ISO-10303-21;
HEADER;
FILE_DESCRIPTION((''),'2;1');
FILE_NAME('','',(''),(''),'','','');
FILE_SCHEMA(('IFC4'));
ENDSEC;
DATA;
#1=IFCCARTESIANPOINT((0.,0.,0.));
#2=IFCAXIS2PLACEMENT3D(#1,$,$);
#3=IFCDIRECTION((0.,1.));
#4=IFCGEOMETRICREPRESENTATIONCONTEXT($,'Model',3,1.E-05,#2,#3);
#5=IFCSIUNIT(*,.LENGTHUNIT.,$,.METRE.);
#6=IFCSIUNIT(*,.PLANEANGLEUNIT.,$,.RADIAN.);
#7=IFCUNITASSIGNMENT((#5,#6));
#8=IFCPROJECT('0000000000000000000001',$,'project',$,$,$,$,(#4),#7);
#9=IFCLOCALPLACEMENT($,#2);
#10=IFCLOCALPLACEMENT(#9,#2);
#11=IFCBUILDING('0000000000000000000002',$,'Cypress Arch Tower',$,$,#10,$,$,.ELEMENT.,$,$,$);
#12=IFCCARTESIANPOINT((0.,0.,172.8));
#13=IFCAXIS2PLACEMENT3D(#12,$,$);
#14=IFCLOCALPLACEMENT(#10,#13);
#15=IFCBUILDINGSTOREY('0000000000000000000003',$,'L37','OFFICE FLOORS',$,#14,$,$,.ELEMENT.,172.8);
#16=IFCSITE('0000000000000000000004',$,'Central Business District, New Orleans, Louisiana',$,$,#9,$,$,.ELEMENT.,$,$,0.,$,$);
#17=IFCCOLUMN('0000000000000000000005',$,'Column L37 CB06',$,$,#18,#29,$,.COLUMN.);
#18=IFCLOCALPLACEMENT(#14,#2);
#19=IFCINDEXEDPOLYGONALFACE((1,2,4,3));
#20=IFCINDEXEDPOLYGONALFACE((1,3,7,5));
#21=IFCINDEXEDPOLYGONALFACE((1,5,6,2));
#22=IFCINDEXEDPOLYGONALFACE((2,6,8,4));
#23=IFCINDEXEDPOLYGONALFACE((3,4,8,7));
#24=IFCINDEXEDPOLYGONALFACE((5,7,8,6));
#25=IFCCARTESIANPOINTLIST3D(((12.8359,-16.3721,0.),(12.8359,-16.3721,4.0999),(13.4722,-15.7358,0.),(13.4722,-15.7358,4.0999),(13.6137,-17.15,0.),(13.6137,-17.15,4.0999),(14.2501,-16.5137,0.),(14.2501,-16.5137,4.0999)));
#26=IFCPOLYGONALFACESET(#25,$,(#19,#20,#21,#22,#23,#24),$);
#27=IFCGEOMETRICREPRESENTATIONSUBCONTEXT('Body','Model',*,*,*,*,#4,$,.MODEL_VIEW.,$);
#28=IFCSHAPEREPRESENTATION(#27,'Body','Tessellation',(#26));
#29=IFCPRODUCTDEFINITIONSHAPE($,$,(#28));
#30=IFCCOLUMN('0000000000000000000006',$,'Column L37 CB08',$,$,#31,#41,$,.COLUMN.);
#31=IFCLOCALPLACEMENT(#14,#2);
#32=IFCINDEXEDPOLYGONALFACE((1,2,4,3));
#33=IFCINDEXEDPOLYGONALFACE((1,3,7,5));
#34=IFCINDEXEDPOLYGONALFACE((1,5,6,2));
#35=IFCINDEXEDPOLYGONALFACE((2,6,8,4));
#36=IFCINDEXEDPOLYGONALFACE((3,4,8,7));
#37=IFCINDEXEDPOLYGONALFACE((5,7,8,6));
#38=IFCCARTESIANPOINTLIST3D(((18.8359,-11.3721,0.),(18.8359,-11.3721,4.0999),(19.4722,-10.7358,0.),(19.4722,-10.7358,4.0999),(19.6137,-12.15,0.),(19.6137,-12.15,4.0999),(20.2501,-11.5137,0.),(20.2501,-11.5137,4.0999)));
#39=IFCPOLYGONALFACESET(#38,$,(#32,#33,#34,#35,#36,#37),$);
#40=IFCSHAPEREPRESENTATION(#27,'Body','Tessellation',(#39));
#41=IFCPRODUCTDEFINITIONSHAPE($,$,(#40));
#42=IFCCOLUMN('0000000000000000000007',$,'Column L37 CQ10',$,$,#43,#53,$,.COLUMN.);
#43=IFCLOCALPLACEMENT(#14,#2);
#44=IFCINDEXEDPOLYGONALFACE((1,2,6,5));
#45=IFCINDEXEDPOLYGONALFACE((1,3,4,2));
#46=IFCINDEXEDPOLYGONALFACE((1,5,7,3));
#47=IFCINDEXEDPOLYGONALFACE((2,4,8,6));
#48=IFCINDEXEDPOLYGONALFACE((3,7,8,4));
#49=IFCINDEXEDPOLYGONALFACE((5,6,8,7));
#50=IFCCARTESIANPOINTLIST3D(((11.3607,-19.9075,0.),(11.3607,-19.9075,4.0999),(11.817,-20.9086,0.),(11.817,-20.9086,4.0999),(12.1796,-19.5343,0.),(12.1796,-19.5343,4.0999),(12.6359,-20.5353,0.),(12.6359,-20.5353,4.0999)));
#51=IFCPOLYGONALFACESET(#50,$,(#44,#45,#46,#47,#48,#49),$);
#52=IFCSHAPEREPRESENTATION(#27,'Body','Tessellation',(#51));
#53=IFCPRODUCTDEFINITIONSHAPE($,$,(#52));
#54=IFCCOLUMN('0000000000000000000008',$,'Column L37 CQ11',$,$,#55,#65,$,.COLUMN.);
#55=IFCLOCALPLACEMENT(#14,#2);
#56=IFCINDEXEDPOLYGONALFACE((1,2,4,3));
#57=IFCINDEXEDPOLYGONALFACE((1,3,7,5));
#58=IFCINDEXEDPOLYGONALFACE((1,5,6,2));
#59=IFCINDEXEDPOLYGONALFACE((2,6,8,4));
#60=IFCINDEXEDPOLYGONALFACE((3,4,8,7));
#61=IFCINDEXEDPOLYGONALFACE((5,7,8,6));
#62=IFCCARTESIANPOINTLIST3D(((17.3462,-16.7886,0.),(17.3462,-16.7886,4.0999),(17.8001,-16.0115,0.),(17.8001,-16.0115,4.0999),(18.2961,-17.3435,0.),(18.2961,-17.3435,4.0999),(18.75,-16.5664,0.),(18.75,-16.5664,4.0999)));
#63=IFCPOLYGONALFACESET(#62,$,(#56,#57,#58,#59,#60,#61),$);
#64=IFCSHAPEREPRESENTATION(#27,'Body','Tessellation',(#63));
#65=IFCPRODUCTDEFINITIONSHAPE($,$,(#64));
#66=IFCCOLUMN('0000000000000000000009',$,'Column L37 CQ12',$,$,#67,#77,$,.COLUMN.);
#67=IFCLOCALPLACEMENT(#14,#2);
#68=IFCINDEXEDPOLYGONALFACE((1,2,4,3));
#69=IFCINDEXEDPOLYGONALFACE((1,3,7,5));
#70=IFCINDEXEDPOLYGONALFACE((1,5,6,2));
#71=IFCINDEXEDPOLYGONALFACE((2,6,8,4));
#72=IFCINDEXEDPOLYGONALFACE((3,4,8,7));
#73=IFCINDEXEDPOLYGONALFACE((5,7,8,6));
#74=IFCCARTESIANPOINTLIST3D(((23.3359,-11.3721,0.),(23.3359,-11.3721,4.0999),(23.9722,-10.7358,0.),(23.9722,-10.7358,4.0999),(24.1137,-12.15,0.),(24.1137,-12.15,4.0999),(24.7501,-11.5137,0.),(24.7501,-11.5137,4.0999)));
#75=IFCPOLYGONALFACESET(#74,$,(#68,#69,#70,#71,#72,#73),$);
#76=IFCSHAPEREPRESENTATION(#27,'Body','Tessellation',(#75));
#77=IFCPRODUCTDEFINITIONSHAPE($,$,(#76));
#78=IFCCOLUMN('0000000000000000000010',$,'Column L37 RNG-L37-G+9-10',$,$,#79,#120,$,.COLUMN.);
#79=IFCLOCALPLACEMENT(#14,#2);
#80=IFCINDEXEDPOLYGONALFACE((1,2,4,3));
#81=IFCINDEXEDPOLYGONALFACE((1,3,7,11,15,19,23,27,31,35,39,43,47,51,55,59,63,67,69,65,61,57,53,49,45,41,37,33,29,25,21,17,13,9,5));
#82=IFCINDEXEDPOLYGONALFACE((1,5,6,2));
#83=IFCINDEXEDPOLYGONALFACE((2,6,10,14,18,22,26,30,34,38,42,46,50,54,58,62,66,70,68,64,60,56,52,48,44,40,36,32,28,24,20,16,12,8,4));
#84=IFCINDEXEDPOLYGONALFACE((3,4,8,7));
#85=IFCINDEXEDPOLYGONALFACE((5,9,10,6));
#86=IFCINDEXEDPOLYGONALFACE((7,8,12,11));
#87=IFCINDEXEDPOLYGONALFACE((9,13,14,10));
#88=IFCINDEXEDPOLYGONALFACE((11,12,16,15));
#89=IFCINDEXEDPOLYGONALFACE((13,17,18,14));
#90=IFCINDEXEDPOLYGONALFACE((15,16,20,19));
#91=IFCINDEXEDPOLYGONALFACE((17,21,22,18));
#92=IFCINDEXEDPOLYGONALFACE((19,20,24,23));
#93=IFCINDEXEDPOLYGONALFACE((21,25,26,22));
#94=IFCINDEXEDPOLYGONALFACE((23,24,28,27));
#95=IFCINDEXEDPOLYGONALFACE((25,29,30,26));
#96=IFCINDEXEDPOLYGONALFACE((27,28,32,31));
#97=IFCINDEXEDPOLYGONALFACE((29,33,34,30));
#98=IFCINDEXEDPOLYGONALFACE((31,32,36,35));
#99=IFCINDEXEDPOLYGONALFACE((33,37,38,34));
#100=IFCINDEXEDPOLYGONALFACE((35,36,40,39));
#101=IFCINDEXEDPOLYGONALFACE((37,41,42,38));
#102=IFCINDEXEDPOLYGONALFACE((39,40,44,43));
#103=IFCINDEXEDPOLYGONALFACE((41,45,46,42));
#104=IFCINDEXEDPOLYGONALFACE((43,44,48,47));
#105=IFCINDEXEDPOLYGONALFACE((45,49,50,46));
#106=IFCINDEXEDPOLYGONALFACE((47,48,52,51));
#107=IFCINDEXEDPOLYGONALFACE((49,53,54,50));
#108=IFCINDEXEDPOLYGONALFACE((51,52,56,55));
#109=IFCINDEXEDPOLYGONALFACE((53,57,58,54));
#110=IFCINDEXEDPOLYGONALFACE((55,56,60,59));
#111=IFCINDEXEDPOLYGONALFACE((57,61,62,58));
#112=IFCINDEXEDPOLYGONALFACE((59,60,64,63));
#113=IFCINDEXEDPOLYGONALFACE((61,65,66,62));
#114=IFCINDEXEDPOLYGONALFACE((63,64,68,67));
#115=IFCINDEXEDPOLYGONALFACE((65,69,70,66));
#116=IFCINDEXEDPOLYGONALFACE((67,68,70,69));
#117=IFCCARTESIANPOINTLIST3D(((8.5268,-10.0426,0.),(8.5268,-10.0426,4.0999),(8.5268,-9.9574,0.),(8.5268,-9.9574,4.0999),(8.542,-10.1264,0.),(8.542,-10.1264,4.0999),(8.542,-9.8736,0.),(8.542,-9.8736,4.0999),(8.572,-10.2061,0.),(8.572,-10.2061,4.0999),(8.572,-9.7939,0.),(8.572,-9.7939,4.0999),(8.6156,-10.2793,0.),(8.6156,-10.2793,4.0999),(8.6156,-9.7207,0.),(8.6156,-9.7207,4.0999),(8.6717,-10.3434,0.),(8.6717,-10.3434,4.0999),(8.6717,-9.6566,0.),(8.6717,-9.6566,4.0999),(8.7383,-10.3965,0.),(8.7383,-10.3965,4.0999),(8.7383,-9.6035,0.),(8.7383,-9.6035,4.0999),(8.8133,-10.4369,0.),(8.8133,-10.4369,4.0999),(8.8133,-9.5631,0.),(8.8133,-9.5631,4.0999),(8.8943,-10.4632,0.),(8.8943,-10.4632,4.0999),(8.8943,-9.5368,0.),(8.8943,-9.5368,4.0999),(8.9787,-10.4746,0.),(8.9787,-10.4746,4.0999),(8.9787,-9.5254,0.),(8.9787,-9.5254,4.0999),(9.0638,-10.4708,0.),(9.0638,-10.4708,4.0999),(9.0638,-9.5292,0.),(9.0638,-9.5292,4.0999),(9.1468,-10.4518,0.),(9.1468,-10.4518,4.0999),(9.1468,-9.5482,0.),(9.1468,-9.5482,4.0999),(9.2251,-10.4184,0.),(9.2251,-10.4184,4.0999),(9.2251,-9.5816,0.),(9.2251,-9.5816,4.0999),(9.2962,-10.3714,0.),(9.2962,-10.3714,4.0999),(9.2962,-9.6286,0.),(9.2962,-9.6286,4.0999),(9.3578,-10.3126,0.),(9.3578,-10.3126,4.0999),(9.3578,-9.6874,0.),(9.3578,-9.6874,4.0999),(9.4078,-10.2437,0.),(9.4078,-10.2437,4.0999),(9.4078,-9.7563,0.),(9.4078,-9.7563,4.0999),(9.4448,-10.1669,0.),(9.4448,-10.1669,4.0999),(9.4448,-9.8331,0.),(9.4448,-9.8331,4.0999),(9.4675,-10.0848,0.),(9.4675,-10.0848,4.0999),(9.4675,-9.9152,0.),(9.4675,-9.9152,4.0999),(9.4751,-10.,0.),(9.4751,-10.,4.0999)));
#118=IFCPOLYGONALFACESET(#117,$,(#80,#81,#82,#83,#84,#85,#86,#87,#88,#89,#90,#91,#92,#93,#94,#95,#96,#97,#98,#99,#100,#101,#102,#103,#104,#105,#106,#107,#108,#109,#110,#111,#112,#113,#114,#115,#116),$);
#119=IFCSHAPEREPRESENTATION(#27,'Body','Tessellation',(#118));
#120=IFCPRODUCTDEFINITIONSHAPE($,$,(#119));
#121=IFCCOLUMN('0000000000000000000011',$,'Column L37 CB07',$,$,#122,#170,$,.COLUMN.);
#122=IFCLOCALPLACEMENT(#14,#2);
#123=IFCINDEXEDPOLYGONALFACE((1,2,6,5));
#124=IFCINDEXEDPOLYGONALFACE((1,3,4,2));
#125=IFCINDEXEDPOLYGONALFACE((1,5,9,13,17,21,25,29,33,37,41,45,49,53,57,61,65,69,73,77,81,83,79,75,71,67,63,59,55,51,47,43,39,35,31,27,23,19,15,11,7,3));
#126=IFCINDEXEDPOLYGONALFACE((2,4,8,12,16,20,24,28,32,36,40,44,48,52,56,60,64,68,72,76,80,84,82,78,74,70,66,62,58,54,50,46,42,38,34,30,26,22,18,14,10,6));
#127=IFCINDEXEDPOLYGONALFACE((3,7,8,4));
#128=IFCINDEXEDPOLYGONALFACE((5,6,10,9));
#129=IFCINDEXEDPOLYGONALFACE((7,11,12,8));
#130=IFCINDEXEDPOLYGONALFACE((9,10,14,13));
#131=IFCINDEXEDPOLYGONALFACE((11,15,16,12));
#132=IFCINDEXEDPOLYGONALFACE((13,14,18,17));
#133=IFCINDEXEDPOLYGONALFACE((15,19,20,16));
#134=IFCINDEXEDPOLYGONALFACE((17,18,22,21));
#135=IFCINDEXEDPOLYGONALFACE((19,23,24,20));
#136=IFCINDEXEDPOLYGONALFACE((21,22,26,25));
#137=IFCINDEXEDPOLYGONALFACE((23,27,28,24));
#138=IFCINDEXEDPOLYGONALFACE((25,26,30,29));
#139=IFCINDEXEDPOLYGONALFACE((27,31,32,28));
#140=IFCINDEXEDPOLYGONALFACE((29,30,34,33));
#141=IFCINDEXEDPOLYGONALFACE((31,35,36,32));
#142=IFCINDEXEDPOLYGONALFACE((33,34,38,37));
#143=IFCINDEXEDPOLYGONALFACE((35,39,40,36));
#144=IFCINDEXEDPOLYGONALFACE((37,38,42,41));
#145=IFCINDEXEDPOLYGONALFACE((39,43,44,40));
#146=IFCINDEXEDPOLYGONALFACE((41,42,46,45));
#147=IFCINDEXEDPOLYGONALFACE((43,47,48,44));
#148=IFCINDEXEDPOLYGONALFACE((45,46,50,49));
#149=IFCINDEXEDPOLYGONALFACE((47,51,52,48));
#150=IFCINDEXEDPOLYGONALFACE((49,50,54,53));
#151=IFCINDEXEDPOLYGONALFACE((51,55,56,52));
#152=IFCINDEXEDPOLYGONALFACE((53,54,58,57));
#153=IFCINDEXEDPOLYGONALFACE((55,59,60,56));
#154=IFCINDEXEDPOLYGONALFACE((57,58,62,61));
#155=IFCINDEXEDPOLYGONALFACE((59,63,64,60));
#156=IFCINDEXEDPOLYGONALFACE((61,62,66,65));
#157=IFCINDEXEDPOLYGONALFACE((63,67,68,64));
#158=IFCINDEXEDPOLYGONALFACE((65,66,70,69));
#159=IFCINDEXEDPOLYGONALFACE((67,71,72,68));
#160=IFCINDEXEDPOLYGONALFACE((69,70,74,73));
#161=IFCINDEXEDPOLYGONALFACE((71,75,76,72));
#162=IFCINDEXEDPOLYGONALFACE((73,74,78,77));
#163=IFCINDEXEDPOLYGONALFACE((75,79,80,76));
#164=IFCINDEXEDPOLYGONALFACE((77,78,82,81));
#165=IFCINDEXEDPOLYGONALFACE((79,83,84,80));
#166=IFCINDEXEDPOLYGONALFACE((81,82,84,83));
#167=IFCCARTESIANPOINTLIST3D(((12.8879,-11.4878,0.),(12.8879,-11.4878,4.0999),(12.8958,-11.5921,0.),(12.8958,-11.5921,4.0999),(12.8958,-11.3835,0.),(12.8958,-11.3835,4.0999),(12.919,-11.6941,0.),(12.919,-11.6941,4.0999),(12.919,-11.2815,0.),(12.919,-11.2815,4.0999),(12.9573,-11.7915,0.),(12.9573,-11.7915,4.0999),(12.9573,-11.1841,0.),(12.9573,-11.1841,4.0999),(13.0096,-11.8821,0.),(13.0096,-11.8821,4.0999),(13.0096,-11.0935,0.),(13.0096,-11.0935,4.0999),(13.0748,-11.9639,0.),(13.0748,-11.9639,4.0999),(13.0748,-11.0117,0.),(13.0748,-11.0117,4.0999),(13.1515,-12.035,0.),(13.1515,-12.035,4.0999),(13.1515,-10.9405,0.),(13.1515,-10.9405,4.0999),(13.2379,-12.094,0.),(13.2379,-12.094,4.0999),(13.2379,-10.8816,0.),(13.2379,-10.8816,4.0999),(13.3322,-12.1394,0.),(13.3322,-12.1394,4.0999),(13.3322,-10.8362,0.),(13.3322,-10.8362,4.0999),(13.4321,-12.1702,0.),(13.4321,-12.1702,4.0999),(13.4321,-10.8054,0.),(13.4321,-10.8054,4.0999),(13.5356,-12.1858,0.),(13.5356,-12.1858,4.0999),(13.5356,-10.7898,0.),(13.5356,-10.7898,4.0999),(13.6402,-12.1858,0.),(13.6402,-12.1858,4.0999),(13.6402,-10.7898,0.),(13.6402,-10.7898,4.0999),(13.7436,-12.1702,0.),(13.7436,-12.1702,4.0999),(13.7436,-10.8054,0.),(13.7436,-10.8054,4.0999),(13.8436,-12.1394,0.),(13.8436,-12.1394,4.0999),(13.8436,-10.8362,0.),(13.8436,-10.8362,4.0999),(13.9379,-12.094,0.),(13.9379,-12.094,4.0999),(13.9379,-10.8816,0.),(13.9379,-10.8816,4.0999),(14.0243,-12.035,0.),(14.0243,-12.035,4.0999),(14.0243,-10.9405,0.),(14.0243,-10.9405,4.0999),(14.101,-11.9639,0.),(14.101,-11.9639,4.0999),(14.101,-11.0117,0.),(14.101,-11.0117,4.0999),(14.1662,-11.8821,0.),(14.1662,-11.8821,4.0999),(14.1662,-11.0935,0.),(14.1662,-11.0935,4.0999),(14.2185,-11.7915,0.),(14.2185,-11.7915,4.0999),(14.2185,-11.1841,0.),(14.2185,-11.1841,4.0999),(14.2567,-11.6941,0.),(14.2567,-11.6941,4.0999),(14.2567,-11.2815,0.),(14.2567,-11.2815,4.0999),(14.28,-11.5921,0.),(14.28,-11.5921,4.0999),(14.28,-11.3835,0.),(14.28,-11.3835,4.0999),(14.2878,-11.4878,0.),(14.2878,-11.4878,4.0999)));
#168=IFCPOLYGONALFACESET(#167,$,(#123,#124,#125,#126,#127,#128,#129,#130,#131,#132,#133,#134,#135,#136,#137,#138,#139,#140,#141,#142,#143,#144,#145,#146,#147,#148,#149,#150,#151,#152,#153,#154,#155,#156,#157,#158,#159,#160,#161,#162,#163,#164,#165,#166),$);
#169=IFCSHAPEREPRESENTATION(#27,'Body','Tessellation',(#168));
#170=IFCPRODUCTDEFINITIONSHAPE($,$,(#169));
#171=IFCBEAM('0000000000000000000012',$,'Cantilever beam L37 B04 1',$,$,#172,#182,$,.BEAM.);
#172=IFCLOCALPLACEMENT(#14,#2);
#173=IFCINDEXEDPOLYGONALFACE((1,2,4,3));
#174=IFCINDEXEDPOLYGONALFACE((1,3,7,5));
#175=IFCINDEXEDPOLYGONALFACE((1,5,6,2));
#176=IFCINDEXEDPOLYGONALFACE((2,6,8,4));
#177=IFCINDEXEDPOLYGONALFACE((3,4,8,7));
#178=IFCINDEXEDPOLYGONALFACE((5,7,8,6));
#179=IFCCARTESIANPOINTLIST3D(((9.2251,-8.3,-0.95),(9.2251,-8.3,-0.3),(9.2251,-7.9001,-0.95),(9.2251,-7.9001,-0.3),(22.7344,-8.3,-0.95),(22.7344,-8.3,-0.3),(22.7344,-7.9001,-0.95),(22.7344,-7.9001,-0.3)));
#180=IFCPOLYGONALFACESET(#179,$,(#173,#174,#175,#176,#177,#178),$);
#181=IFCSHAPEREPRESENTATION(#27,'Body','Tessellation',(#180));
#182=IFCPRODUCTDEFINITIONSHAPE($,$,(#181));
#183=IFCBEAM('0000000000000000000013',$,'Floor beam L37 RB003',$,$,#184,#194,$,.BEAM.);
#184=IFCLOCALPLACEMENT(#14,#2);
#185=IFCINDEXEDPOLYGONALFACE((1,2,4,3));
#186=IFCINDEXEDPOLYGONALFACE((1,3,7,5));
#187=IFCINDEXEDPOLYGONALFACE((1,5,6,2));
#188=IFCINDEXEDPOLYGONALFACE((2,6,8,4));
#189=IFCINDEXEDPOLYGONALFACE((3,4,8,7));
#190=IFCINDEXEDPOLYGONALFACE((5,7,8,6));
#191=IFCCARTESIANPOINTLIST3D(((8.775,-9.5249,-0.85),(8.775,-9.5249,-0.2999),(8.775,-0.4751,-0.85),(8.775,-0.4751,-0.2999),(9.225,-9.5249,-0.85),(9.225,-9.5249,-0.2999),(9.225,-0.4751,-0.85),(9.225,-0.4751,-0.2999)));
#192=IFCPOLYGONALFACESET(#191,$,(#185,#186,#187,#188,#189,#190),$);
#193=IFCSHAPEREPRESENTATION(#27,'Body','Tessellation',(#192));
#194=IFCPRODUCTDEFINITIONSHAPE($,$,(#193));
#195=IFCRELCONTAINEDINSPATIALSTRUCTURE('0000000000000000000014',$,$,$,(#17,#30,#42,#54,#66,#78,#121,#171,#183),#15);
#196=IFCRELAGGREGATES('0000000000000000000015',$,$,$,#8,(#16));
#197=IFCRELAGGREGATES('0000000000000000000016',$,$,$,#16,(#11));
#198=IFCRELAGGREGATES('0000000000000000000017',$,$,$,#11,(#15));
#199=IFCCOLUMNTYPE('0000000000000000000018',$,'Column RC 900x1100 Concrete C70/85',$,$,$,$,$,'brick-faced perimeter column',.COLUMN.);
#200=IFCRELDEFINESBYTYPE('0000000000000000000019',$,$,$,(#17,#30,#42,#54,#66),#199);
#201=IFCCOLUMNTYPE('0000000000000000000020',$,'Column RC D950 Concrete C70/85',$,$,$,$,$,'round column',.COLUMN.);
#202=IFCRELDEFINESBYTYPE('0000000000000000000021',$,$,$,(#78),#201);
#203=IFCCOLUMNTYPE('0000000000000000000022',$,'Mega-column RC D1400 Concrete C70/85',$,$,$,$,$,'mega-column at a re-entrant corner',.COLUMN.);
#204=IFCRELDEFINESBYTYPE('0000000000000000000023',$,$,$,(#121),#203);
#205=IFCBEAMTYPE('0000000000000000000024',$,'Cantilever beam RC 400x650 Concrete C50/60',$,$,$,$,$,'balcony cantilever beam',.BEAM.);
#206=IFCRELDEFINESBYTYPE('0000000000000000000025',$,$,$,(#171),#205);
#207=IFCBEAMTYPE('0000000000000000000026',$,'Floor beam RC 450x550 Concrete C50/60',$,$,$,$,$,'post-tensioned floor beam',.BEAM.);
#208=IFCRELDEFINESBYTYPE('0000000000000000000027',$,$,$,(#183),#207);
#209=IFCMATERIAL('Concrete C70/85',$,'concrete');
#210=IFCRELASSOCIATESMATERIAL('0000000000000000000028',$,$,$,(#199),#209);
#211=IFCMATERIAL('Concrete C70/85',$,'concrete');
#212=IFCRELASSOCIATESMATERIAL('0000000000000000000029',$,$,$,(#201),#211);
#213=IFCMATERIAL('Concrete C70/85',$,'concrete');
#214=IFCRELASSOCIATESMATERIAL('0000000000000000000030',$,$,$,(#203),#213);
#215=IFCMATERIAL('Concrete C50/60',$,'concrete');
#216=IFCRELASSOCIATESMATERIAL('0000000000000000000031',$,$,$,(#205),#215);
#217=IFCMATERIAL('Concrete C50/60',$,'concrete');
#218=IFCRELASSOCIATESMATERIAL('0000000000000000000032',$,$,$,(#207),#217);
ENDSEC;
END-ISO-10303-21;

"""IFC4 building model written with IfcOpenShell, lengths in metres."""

from ifc_helpers import new_model, si_unit, direction, frame, origin, origin_2d, place, context, subcontext, project, spatial, rectangle, circle, extrude, material, material_profile, profile_set, type_object, element, save


model = new_model("IFC4")

# Units and contexts
model_context = context("Model", 3, precision=1e-05, world=origin(), true_north=direction((0.0, 1.0)))
body_context = subcontext(model_context, "Body", "Model", "MODEL_VIEW")
ifc_project = project(units=[si_unit("LENGTHUNIT", "METRE"), si_unit("PLANEANGLEUNIT", "RADIAN")], contexts=[model_context])

# Site, building, storey
site_placement = place(None, origin())
site = spatial("IfcSite", under=ifc_project, at=site_placement, Name="Central Business District, New Orleans, Louisiana", CompositionType="ELEMENT", RefElevation=0.0)
building_placement = place(site_placement, origin())
building = spatial("IfcBuilding", under=site, at=building_placement, Name="Cypress Arch Tower", CompositionType="ELEMENT")
storey_placement = place(building_placement, frame((0.0, 0.0, 172.8)))
storey = spatial("IfcBuildingStorey", under=building, at=storey_placement, Name="L37", Description="OFFICE FLOORS", CompositionType="ELEMENT", Elevation=172.8)

# Columns
ifc_material_1 = material(Name="Concrete C70/85", Category="concrete")
ifc_material_profile_1 = material_profile(ifc_material_1, rectangle(XDim=0.8999, YDim=1.1001, at=origin_2d()), Name="RC 900x1100")
ifc_profile_set_1 = profile_set([ifc_material_profile_1], Name="Concrete C70/85")
column_type_1 = type_object("IfcColumnType", Name="Column RC 900x1100 Concrete C70/85", ElementType="brick-faced perimeter column", PredefinedType="COLUMN", material=ifc_profile_set_1)
for number, where, z_axis, x_axis, name in (
    (1, (13.543, -16.4429, 0.0), (0.0, 0.0, 1.0), (0.707107, 0.707107, 0.0), "Column L37 CB06"),
    (2, (19.543, -11.4429, 0.0), (0.0, 0.0, 1.0), (0.707107, 0.707107, 0.0), "Column L37 CB08"),
    (3, (11.9983, -20.2214, 0.0), (0.0, 0.0, 1.0), (0.909932, 0.414757, 0.0), "Column L37 CQ10"),
    (4, (18.0481, -16.6775, 0.0), (0.0, 0.0, 1.0), (0.504399, 0.863471, 0.0), "Column L37 CQ11"),
    (5, (24.043, -11.4429, 0.0), (0.0, 0.0, 1.0), (0.707107, 0.707107, 0.0), "Column L37 CQ12"),
):
    element("IfcColumn", number, at=place(storey_placement, frame(where, z_axis=z_axis, x_axis=x_axis)), inside=storey, type_object=column_type_1, Name=name, PredefinedType="COLUMN", context=body_context, shape_type="SweptSolid", body=[
        extrude(rectangle(XDim=0.8999, YDim=1.1001, at=origin_2d()), origin(), (0.0, 0.0, 1.0), 4.0999),
    ])
ifc_material_2 = material(Name="Concrete C70/85", Category="concrete")
ifc_material_profile_2 = material_profile(ifc_material_2, circle(Radius=0.4751, at=origin_2d()), Name="RC D950")
ifc_profile_set_2 = profile_set([ifc_material_profile_2], Name="Concrete C70/85")
column_type_2 = type_object("IfcColumnType", Name="Column RC D950 Concrete C70/85", ElementType="round column", PredefinedType="COLUMN", material=ifc_profile_set_2)
column_1_placement = place(storey_placement, frame((9.0, -10.0, 0.0), z_axis=(0.0, 0.0, 1.0), x_axis=(1.0, 0.0, 0.0)))
element("IfcColumn", 6, at=column_1_placement, inside=storey, type_object=column_type_2, Name="Column L37 RNG-L37-G+9-10", PredefinedType="COLUMN", context=body_context, shape_type="SweptSolid", body=[
    extrude(circle(Radius=0.4751, at=origin_2d()), origin(), (0.0, 0.0, 1.0), 4.0999),
])
ifc_material_3 = material(Name="Concrete C70/85", Category="concrete")
ifc_material_profile_3 = material_profile(ifc_material_3, circle(Radius=0.7, at=origin_2d()), Name="RC D1400")
ifc_profile_set_3 = profile_set([ifc_material_profile_3], Name="Concrete C70/85")
column_type_3 = type_object("IfcColumnType", Name="Mega-column RC D1400 Concrete C70/85", ElementType="mega-column at a re-entrant corner", PredefinedType="COLUMN", material=ifc_profile_set_3)
column_2_placement = place(storey_placement, frame((13.5879, -11.4878, 0.0), z_axis=(0.0, 0.0, 1.0), x_axis=(1.0, 0.0, 0.0)))
element("IfcColumn", 7, at=column_2_placement, inside=storey, type_object=column_type_3, Name="Column L37 CB07", PredefinedType="COLUMN", context=body_context, shape_type="SweptSolid", body=[
    extrude(circle(Radius=0.7, at=origin_2d()), origin(), (0.0, 0.0, 1.0), 4.0999),
])

# Beams
ifc_material_4 = material(Name="Concrete C50/60", Category="concrete")
ifc_material_profile_4 = material_profile(ifc_material_4, rectangle(XDim=0.3999, YDim=0.6499, at=origin_2d()), Name="RC 400x650")
ifc_profile_set_4 = profile_set([ifc_material_profile_4], Name="Concrete C50/60")
beam_type_1 = type_object("IfcBeamType", Name="Cantilever beam RC 400x650 Concrete C50/60", ElementType="balcony cantilever beam", PredefinedType="BEAM", material=ifc_profile_set_4)
beam_1_placement = place(storey_placement, frame((9.2251, -8.1001, -0.625), z_axis=(1.0, 0.0, 0.0), x_axis=(0.0, 1.0, 0.0)))
element("IfcBeam", 8, at=beam_1_placement, inside=storey, type_object=beam_type_1, Name="Cantilever beam L37 B04 1", PredefinedType="BEAM", context=body_context, shape_type="SweptSolid", body=[
    extrude(rectangle(XDim=0.3999, YDim=0.6499, at=origin_2d()), origin(), (0.0, 0.0, 1.0), 13.5093),
])
ifc_material_5 = material(Name="Concrete C50/60", Category="concrete")
ifc_material_profile_5 = material_profile(ifc_material_5, rectangle(XDim=0.45, YDim=0.55, at=origin_2d()), Name="RC 450x550")
ifc_profile_set_5 = profile_set([ifc_material_profile_5], Name="Concrete C50/60")
beam_type_2 = type_object("IfcBeamType", Name="Floor beam RC 450x550 Concrete C50/60", ElementType="post-tensioned floor beam", PredefinedType="BEAM", material=ifc_profile_set_5)
beam_2_placement = place(storey_placement, frame((9.0, -9.5249, -0.575), z_axis=(0.0, 1.0, 0.0), x_axis=(-1.0, 0.0, 0.0)))
element("IfcBeam", 9, at=beam_2_placement, inside=storey, type_object=beam_type_2, Name="Floor beam L37 RB003", PredefinedType="BEAM", context=body_context, shape_type="SweptSolid", body=[
    extrude(rectangle(XDim=0.45, YDim=0.55, at=origin_2d()), origin(), (0.0, 0.0, 1.0), 9.0498),
])

save(model, "model.ifc")
